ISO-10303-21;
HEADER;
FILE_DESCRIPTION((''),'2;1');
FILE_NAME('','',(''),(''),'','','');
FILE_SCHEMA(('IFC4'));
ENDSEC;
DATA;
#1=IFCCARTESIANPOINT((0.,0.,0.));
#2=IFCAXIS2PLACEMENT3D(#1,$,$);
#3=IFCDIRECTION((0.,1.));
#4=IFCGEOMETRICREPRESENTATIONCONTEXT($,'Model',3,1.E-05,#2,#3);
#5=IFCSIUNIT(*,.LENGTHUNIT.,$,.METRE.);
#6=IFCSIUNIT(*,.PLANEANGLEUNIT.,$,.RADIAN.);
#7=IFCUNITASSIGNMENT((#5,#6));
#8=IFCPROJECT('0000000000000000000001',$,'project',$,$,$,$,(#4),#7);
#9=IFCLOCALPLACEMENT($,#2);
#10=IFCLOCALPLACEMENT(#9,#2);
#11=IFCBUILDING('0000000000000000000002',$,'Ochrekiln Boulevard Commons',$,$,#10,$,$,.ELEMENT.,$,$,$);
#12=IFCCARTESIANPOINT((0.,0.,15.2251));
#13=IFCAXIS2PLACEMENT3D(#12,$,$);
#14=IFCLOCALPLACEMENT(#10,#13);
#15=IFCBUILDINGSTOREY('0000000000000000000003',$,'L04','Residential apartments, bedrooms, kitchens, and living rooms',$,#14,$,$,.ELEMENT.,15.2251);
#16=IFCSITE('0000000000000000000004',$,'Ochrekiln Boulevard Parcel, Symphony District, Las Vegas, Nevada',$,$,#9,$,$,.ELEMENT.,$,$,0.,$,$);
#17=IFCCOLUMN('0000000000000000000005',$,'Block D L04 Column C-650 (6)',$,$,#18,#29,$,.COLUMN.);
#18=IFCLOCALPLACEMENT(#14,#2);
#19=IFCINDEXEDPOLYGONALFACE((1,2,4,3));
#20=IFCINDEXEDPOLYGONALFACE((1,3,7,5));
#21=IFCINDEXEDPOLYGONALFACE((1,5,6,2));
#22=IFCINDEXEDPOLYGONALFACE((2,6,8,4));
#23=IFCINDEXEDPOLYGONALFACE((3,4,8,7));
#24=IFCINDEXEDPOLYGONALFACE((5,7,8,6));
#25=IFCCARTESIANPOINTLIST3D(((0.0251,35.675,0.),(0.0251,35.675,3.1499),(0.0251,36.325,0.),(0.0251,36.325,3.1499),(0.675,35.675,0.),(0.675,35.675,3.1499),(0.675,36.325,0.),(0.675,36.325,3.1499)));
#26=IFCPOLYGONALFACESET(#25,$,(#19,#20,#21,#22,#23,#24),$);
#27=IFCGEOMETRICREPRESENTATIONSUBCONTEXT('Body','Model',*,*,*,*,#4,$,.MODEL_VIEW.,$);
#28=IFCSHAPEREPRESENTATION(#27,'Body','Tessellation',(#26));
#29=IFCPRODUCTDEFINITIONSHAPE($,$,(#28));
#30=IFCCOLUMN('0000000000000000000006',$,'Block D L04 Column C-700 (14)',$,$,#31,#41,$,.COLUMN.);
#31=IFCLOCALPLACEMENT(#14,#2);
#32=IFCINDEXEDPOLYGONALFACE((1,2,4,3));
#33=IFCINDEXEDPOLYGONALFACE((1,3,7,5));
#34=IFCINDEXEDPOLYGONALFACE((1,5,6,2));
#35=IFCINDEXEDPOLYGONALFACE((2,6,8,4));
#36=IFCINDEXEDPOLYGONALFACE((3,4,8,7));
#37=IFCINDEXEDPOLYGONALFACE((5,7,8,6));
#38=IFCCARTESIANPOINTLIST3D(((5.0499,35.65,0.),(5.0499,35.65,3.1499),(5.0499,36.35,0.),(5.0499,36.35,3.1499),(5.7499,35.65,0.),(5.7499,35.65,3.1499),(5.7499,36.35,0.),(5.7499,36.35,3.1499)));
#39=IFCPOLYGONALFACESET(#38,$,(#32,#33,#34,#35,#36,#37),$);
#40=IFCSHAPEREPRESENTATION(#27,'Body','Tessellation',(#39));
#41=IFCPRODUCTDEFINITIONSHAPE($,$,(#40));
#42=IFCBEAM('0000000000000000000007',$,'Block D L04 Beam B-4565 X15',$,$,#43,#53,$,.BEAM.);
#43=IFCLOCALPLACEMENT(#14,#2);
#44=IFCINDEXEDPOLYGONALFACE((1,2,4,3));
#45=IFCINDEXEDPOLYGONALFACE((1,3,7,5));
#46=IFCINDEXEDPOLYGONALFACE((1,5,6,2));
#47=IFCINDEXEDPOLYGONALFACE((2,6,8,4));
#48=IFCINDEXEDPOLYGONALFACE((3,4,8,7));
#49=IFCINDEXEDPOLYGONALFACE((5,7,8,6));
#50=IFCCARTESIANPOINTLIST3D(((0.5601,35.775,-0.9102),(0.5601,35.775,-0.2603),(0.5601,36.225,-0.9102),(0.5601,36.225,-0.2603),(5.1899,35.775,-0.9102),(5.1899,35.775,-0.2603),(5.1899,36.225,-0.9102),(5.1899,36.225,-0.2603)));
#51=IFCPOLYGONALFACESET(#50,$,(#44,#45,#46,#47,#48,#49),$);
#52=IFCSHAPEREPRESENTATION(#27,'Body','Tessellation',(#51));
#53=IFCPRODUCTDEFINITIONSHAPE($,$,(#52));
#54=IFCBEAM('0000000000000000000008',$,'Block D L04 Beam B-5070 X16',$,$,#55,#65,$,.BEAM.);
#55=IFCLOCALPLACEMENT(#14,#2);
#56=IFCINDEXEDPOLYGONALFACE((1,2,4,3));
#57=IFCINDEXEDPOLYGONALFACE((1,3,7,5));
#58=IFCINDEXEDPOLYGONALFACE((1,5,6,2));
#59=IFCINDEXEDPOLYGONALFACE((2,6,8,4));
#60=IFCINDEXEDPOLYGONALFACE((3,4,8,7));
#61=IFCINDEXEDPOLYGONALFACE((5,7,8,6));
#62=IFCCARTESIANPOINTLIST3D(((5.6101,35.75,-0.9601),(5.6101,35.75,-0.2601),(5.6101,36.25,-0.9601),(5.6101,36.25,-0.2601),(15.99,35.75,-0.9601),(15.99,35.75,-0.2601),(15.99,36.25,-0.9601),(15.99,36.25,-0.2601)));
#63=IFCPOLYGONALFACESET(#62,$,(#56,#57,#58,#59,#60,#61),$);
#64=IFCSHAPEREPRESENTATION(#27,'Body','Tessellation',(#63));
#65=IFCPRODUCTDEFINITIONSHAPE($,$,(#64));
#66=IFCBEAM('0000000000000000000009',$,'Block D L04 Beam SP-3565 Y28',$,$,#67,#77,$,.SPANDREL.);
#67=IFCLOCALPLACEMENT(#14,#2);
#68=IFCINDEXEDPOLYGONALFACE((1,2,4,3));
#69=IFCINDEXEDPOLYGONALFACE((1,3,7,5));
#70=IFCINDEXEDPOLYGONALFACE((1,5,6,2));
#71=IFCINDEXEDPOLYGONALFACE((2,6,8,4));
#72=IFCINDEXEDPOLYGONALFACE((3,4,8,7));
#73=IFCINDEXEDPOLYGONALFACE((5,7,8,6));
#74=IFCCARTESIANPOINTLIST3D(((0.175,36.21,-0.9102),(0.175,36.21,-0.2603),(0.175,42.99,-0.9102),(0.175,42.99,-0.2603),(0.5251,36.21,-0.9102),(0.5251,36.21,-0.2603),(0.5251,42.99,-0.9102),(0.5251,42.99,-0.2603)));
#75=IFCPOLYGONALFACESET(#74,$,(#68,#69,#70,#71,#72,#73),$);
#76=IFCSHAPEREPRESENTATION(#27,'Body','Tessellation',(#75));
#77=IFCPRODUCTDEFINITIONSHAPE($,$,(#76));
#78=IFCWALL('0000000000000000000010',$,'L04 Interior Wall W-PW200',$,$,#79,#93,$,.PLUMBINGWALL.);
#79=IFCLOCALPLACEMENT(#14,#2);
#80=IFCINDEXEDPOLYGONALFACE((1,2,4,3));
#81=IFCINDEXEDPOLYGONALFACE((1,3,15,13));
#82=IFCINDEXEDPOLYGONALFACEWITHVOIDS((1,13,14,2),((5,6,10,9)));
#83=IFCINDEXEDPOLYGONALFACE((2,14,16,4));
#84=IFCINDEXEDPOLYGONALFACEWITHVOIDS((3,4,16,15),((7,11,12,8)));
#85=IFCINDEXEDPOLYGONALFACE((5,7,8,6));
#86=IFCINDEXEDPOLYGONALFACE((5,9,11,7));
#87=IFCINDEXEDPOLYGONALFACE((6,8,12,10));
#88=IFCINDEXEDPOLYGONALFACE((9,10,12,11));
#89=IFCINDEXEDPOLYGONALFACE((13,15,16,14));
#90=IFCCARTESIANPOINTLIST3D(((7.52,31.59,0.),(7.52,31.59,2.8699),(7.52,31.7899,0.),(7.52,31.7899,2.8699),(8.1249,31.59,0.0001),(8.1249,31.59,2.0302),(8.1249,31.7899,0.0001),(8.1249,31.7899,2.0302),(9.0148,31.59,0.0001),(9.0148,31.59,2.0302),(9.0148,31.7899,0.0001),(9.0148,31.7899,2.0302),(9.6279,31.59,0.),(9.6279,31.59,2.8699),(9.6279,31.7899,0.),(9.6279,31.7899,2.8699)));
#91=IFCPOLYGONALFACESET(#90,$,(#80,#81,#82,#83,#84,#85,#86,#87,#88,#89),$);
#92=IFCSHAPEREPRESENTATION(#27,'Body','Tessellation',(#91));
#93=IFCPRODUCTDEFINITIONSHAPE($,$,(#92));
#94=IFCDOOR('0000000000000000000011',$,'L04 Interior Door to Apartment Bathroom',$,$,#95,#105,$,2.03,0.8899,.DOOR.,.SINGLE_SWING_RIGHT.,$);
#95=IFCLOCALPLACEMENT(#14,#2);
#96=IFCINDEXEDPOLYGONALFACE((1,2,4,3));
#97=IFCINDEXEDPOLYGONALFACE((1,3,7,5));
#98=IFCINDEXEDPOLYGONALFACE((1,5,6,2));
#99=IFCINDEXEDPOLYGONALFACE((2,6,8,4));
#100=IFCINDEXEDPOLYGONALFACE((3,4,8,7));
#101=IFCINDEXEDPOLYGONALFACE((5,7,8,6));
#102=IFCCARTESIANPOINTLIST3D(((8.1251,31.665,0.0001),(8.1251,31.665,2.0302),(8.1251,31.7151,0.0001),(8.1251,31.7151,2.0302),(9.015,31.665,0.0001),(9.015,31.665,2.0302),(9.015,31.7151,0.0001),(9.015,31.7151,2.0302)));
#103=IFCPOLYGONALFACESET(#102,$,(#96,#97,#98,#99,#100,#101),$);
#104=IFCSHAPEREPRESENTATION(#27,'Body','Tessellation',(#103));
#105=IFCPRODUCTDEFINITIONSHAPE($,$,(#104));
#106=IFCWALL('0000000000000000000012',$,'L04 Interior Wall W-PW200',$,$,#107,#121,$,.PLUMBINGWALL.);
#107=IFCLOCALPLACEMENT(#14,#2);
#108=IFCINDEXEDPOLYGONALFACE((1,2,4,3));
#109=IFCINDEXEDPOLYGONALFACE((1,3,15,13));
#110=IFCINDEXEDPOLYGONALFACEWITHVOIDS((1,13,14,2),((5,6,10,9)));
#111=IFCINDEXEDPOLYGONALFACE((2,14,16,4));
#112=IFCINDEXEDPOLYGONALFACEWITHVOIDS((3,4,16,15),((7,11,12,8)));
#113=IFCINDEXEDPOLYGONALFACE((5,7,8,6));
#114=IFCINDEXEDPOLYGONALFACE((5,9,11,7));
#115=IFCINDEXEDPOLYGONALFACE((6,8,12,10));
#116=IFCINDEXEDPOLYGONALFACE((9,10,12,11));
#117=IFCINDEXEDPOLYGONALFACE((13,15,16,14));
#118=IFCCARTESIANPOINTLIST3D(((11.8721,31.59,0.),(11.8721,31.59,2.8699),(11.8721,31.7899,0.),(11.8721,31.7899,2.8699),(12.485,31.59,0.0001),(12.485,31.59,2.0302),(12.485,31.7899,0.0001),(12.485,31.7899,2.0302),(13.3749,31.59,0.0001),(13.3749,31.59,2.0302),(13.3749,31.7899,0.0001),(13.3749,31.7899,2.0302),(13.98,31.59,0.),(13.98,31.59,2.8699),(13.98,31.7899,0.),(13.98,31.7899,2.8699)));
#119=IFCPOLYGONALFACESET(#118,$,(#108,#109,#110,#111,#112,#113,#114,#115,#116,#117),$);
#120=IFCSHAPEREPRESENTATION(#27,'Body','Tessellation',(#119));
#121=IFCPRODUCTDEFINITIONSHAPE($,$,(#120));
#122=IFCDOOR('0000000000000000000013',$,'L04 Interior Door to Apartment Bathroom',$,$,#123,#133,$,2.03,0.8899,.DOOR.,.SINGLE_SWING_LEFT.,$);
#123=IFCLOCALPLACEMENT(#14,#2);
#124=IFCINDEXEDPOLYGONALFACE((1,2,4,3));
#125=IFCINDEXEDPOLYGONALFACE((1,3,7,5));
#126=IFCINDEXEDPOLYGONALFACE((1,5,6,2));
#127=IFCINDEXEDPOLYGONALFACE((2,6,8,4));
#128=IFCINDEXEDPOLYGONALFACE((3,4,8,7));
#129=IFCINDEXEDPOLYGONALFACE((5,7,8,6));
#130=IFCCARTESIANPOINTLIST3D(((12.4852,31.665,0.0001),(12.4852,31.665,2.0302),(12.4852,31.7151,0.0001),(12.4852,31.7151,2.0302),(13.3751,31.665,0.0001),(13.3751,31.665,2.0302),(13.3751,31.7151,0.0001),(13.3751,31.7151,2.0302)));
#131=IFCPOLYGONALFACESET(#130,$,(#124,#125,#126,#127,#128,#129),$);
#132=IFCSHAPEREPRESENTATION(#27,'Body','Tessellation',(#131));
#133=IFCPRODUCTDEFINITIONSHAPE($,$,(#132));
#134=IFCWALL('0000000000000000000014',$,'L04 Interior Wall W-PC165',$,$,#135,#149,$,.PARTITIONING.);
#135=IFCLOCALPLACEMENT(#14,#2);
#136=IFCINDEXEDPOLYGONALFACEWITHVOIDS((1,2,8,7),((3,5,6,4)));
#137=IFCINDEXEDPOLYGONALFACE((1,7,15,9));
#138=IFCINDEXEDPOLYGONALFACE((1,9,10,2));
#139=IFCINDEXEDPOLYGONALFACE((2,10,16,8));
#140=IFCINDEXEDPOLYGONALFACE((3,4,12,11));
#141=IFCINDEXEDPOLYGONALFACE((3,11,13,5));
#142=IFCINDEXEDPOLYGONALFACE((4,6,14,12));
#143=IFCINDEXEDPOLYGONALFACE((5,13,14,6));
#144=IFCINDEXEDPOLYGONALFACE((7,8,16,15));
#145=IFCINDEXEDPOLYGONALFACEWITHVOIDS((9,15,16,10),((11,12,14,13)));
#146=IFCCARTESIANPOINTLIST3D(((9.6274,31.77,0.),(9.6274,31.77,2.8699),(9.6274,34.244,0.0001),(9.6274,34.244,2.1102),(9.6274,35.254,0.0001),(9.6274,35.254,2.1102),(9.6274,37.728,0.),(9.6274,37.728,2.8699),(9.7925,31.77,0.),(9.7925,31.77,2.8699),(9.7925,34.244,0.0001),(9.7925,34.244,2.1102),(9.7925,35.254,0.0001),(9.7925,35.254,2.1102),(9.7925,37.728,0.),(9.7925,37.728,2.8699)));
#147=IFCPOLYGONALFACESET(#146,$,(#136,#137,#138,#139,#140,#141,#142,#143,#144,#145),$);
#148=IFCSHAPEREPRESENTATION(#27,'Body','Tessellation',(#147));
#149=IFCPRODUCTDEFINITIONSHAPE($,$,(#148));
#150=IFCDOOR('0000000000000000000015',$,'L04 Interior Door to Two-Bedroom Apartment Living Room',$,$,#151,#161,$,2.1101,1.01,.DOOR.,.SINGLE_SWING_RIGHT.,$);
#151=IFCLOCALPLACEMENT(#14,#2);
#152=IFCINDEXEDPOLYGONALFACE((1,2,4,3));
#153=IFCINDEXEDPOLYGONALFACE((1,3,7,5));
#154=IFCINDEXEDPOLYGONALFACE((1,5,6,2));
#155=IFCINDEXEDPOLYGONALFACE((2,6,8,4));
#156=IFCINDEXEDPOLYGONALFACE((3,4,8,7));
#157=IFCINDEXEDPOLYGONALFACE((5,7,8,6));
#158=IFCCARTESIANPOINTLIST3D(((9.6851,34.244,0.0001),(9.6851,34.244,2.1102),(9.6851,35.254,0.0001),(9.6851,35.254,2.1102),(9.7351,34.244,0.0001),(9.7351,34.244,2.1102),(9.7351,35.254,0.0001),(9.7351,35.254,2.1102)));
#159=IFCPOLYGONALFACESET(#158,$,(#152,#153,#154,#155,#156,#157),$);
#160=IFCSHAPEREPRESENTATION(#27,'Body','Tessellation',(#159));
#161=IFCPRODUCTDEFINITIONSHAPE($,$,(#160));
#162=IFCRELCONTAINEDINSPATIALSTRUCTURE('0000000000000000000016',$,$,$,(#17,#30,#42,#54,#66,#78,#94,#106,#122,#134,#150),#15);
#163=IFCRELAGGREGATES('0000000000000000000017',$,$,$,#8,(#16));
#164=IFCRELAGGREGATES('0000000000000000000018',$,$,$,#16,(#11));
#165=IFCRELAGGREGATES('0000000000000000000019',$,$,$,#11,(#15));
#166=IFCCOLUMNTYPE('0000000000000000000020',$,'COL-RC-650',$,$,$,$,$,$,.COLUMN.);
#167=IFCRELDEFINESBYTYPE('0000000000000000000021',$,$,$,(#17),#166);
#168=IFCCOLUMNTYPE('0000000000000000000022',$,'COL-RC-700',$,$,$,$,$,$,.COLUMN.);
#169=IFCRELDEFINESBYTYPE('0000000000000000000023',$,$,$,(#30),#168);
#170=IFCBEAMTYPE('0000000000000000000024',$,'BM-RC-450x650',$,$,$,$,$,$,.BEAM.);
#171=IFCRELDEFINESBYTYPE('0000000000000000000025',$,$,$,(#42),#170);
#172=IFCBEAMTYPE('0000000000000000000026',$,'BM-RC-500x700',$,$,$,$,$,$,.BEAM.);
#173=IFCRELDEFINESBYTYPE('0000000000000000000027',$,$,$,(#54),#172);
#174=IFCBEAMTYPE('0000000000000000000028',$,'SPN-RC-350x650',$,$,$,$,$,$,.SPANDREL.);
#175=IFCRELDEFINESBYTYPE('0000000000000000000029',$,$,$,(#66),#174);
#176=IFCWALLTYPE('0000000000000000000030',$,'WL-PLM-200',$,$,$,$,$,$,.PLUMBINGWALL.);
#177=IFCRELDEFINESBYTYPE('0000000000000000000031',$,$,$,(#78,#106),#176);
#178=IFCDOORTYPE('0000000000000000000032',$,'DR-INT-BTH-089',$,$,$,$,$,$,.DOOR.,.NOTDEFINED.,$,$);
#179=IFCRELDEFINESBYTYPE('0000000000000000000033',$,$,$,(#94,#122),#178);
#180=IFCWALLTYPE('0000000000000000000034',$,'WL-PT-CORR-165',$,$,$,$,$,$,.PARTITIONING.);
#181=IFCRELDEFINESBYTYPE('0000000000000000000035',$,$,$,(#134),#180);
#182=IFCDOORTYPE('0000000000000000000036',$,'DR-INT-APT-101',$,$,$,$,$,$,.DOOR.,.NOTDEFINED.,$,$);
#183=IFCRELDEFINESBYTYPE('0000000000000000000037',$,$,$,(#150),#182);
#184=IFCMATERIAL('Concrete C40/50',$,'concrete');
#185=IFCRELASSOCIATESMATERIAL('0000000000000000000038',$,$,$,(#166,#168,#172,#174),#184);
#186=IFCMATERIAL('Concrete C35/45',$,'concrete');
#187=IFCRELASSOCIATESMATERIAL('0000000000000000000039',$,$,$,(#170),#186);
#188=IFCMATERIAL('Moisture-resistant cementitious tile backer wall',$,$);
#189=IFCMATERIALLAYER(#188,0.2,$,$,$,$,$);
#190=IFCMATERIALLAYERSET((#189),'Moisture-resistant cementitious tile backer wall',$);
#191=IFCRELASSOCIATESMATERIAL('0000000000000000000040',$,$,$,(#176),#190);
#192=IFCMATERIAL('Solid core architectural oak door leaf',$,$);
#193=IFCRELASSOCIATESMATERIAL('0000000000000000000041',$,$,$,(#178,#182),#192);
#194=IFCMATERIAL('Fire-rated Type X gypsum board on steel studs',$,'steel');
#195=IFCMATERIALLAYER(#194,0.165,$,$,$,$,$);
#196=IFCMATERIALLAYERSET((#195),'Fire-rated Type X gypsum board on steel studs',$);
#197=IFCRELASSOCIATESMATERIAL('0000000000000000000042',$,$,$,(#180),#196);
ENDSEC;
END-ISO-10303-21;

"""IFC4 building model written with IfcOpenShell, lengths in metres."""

from ifc_helpers import new_model, si_unit, direction, frame, frame_2d, origin, origin_2d, place, context, subcontext, project, spatial, rectangle, extrude, material, layer, layer_set, material_profile, profile_set, type_object, element, fill, save


model = new_model("IFC4")

# Units and contexts
model_context = context("Model", 3, precision=1e-05, world=origin(), true_north=direction((0.0, 1.0)))
body_context = subcontext(model_context, "Body", "Model", "MODEL_VIEW")
ifc_project = project(units=[si_unit("LENGTHUNIT", "METRE"), si_unit("PLANEANGLEUNIT", "RADIAN")], contexts=[model_context])

# Site, building, storey
site_placement = place(None, origin())
site = spatial("IfcSite", under=ifc_project, at=site_placement, Name="Ochrekiln Boulevard Parcel, Symphony District, Las Vegas, Nevada", CompositionType="ELEMENT", RefElevation=0.0)
building_placement = place(site_placement, origin())
building = spatial("IfcBuilding", under=site, at=building_placement, Name="Ochrekiln Boulevard Commons", CompositionType="ELEMENT")
storey_placement = place(building_placement, frame((0.0, 0.0, 15.2251)))
storey = spatial("IfcBuildingStorey", under=building, at=storey_placement, Name="L04", Description="Residential apartments, bedrooms, kitchens, and living rooms", CompositionType="ELEMENT", Elevation=15.2251)

# Columns
ifc_material_1 = material(Name="Concrete C40/50", Category="concrete")
ifc_material_profile_1 = material_profile(ifc_material_1, rectangle(XDim=0.6499, YDim=0.6499, at=origin_2d()), Name="RC-COL-650x650")
ifc_profile_set_1 = profile_set([ifc_material_profile_1], Name="Concrete C40/50")
column_type_1 = type_object("IfcColumnType", Name="COL-RC-650", PredefinedType="COLUMN", material=ifc_profile_set_1)
column_1_placement = place(storey_placement, frame((0.3501, 36.0, 0.0), z_axis=(0.0, 0.0, 1.0), x_axis=(1.0, 0.0, 0.0)))
element("IfcColumn", 1, at=column_1_placement, inside=storey, type_object=column_type_1, Name="Block D L04 Column C-650 (6)", PredefinedType="COLUMN", context=body_context, shape_type="SweptSolid", body=[
    extrude(rectangle(XDim=0.6499, YDim=0.6499, at=origin_2d()), origin(), (0.0, 0.0, 1.0), 3.1499),
])
ifc_material_profile_2 = material_profile(ifc_material_1, rectangle(XDim=0.7, YDim=0.7, at=origin_2d()), Name="RC-COL-700x700")
ifc_profile_set_2 = profile_set([ifc_material_profile_2], Name="Concrete C40/50")
column_type_2 = type_object("IfcColumnType", Name="COL-RC-700", PredefinedType="COLUMN", material=ifc_profile_set_2)
column_2_placement = place(storey_placement, frame((5.3999, 36.0, 0.0), z_axis=(0.0, 0.0, 1.0), x_axis=(1.0, 0.0, 0.0)))
element("IfcColumn", 2, at=column_2_placement, inside=storey, type_object=column_type_2, Name="Block D L04 Column C-700 (14)", PredefinedType="COLUMN", context=body_context, shape_type="SweptSolid", body=[
    extrude(rectangle(XDim=0.7, YDim=0.7, at=origin_2d()), origin(), (0.0, 0.0, 1.0), 3.1499),
])

# Beams
ifc_material_2 = material(Name="Concrete C35/45", Category="concrete")
ifc_material_profile_3 = material_profile(ifc_material_2, rectangle(XDim=0.45, YDim=0.6499, at=origin_2d()), Name="RC-BM-450x650")
ifc_profile_set_3 = profile_set([ifc_material_profile_3], Name="Concrete C35/45")
beam_type_1 = type_object("IfcBeamType", Name="BM-RC-450x650", PredefinedType="BEAM", material=ifc_profile_set_3)
beam_1_placement = place(storey_placement, frame((0.5601, 36.0, -0.5852), z_axis=(1.0, 0.0, 0.0), x_axis=(0.0, 1.0, 0.0)))
element("IfcBeam", 3, at=beam_1_placement, inside=storey, type_object=beam_type_1, Name="Block D L04 Beam B-4565 X15", PredefinedType="BEAM", context=body_context, shape_type="SweptSolid", body=[
    extrude(rectangle(XDim=0.45, YDim=0.6499, at=origin_2d()), origin(), (0.0, 0.0, 1.0), 4.6299),
])
ifc_material_profile_4 = material_profile(ifc_material_1, rectangle(XDim=0.5, YDim=0.7, at=origin_2d()), Name="RC-BM-500x700")
ifc_profile_set_4 = profile_set([ifc_material_profile_4], Name="Concrete C40/50")
beam_type_2 = type_object("IfcBeamType", Name="BM-RC-500x700", PredefinedType="BEAM", material=ifc_profile_set_4)
beam_2_placement = place(storey_placement, frame((5.6101, 36.0, -0.6101), z_axis=(1.0, 0.0, 0.0), x_axis=(0.0, 1.0, 0.0)))
element("IfcBeam", 4, at=beam_2_placement, inside=storey, type_object=beam_type_2, Name="Block D L04 Beam B-5070 X16", PredefinedType="BEAM", context=body_context, shape_type="SweptSolid", body=[
    extrude(rectangle(XDim=0.5, YDim=0.7, at=origin_2d()), origin(), (0.0, 0.0, 1.0), 10.3799),
])
ifc_material_profile_5 = material_profile(ifc_material_1, rectangle(XDim=0.3501, YDim=0.6499, at=origin_2d()), Name="RC-SPN-350x650")
ifc_profile_set_5 = profile_set([ifc_material_profile_5], Name="Concrete C40/50")
beam_type_3 = type_object("IfcBeamType", Name="SPN-RC-350x650", PredefinedType="SPANDREL", material=ifc_profile_set_5)
beam_3_placement = place(storey_placement, frame((0.3501, 36.21, -0.5852), z_axis=(0.0, 1.0, 0.0), x_axis=(-1.0, 0.0, 0.0)))
element("IfcBeam", 5, at=beam_3_placement, inside=storey, type_object=beam_type_3, Name="Block D L04 Beam SP-3565 Y28", PredefinedType="SPANDREL", context=body_context, shape_type="SweptSolid", body=[
    extrude(rectangle(XDim=0.3501, YDim=0.6499, at=origin_2d()), origin(), (0.0, 0.0, 1.0), 6.78),
])

# Walls, openings, doors
ifc_material_3 = material(Name="Moisture-resistant cementitious tile backer wall")
ifc_layer_1 = layer(ifc_material_3, 0.2)
ifc_layer_set_1 = layer_set([ifc_layer_1], Name="Moisture-resistant cementitious tile backer wall")
wall_type_1 = type_object("IfcWallType", Name="WL-PLM-200", PredefinedType="PLUMBINGWALL", material=ifc_layer_set_1)
wall_1_placement = place(storey_placement, frame((7.52, 31.6899, 0.0), z_axis=(0.0, 0.0, 1.0), x_axis=(1.0, 0.0, 0.0)))
wall_1 = element("IfcWall", 6, at=wall_1_placement, inside=storey, type_object=wall_type_1, Name="L04 Interior Wall W-PW200", PredefinedType="PLUMBINGWALL", context=body_context, shape_type="SweptSolid", body=[
    extrude(rectangle(XDim=2.1079, YDim=0.2, at=frame_2d((1.054, 0.0))), origin(), (0.0, 0.0, 1.0), 2.8699),
])
opening_1_placement = place(wall_1_placement, frame((0.605, 0.0, 0.0)))
opening_1 = element("IfcOpeningElement", 7, at=opening_1_placement, cuts=wall_1, PredefinedType="OPENING", context=body_context, shape_type="SweptSolid", body=[
    extrude(rectangle(XDim=0.8899, YDim=2.03, at=frame_2d((0.4448, 1.0151))), frame((0.0, 0.1099, 0.0), z_axis=(0.0, -1.0, 0.0), x_axis=(1.0, 0.0, 0.0)), (0.0, 0.0, 1.0), 0.22),
])
ifc_material_4 = material(Name="Solid core architectural oak door leaf")
door_type_1 = type_object("IfcDoorType", Name="DR-INT-BTH-089", OperationType="NOTDEFINED", PredefinedType="DOOR", material=ifc_material_4)
door_1_placement = place(opening_1_placement, frame((0.8899, 0.0, 0.0), z_axis=(0.0, 0.0, 1.0), x_axis=(-1.0, 0.0, 0.0)))
door_1 = element("IfcDoor", 8, at=door_1_placement, inside=storey, type_object=door_type_1, Name="L04 Interior Door to Apartment Bathroom", OperationType="SINGLE_SWING_RIGHT", OverallHeight=2.03, OverallWidth=0.8899, PredefinedType="DOOR", context=body_context, shape_type="SweptSolid", body=[
    extrude(rectangle(XDim=0.8899, YDim=2.03, at=frame_2d((0.4448, 1.0151))), frame((0.0, 0.0249, 0.0), z_axis=(0.0, -1.0, 0.0), x_axis=(1.0, 0.0, 0.0)), (0.0, 0.0, 1.0), 0.05),
])
fill(opening_1, door_1)
wall_2_placement = place(storey_placement, frame((11.8721, 31.6899, 0.0), z_axis=(0.0, 0.0, 1.0), x_axis=(1.0, 0.0, 0.0)))
wall_2 = element("IfcWall", 9, at=wall_2_placement, inside=storey, type_object=wall_type_1, Name="L04 Interior Wall W-PW200", PredefinedType="PLUMBINGWALL", context=body_context, shape_type="SweptSolid", body=[
    extrude(rectangle(XDim=2.1079, YDim=0.2, at=frame_2d((1.054, 0.0))), origin(), (0.0, 0.0, 1.0), 2.8699),
])
opening_2_placement = place(wall_2_placement, frame((0.613, 0.0, 0.0)))
opening_2 = element("IfcOpeningElement", 10, at=opening_2_placement, cuts=wall_2, PredefinedType="OPENING", context=body_context, shape_type="SweptSolid", body=[
    extrude(rectangle(XDim=0.8899, YDim=2.03, at=frame_2d((0.4448, 1.0151))), frame((0.0, 0.1099, 0.0), z_axis=(0.0, -1.0, 0.0), x_axis=(1.0, 0.0, 0.0)), (0.0, 0.0, 1.0), 0.22),
])
door_2_placement = place(opening_2_placement, frame((0.8899, 0.0, 0.0), z_axis=(0.0, 0.0, 1.0), x_axis=(-1.0, 0.0, 0.0)))
door_2 = element("IfcDoor", 11, at=door_2_placement, inside=storey, type_object=door_type_1, Name="L04 Interior Door to Apartment Bathroom", OperationType="SINGLE_SWING_LEFT", OverallHeight=2.03, OverallWidth=0.8899, PredefinedType="DOOR", context=body_context, shape_type="SweptSolid", body=[
    extrude(rectangle(XDim=0.8899, YDim=2.03, at=frame_2d((0.4448, 1.0151))), frame((0.0, 0.0249, 0.0), z_axis=(0.0, -1.0, 0.0), x_axis=(1.0, 0.0, 0.0)), (0.0, 0.0, 1.0), 0.05),
])
fill(opening_2, door_2)
ifc_material_5 = material(Name="Fire-rated Type X gypsum board on steel studs", Category="steel")
ifc_layer_2 = layer(ifc_material_5, 0.165)
ifc_layer_set_2 = layer_set([ifc_layer_2], Name="Fire-rated Type X gypsum board on steel studs")
wall_type_2 = type_object("IfcWallType", Name="WL-PT-CORR-165", PredefinedType="PARTITIONING", material=ifc_layer_set_2)
wall_3_placement = place(storey_placement, frame((9.71, 31.77, 0.0), z_axis=(0.0, 0.0, 1.0), x_axis=(0.0, 1.0, 0.0)))
wall_3 = element("IfcWall", 12, at=wall_3_placement, inside=storey, type_object=wall_type_2, Name="L04 Interior Wall W-PC165", PredefinedType="PARTITIONING", context=body_context, shape_type="SweptSolid", body=[
    extrude(rectangle(XDim=5.958, YDim=0.165, at=frame_2d((2.979, 0.0))), origin(), (0.0, 0.0, 1.0), 2.8699),
])
opening_3_placement = place(wall_3_placement, frame((2.4741, 0.0, 0.0)))
opening_3 = element("IfcOpeningElement", 13, at=opening_3_placement, cuts=wall_3, PredefinedType="OPENING", context=body_context, shape_type="SweptSolid", body=[
    extrude(rectangle(XDim=1.01, YDim=2.1101, at=frame_2d((0.5049, 1.0552))), frame((0.0, 0.0925, 0.0), z_axis=(0.0, -1.0, 0.0), x_axis=(1.0, 0.0, 0.0)), (0.0, 0.0, 1.0), 0.1851),
])
door_type_2 = type_object("IfcDoorType", Name="DR-INT-APT-101", OperationType="NOTDEFINED", PredefinedType="DOOR", material=ifc_material_4)
door_3_placement = place(opening_3_placement, origin())
door_3 = element("IfcDoor", 14, at=door_3_placement, inside=storey, type_object=door_type_2, Name="L04 Interior Door to Two-Bedroom Apartment Living Room", OperationType="SINGLE_SWING_RIGHT", OverallHeight=2.1101, OverallWidth=1.01, PredefinedType="DOOR", context=body_context, shape_type="SweptSolid", body=[
    extrude(rectangle(XDim=1.01, YDim=2.1101, at=frame_2d((0.5049, 1.0552))), frame((0.0, 0.0249, 0.0), z_axis=(0.0, -1.0, 0.0), x_axis=(1.0, 0.0, 0.0)), (0.0, 0.0, 1.0), 0.05),
])
fill(opening_3, door_3)

save(model, "model.ifc")
